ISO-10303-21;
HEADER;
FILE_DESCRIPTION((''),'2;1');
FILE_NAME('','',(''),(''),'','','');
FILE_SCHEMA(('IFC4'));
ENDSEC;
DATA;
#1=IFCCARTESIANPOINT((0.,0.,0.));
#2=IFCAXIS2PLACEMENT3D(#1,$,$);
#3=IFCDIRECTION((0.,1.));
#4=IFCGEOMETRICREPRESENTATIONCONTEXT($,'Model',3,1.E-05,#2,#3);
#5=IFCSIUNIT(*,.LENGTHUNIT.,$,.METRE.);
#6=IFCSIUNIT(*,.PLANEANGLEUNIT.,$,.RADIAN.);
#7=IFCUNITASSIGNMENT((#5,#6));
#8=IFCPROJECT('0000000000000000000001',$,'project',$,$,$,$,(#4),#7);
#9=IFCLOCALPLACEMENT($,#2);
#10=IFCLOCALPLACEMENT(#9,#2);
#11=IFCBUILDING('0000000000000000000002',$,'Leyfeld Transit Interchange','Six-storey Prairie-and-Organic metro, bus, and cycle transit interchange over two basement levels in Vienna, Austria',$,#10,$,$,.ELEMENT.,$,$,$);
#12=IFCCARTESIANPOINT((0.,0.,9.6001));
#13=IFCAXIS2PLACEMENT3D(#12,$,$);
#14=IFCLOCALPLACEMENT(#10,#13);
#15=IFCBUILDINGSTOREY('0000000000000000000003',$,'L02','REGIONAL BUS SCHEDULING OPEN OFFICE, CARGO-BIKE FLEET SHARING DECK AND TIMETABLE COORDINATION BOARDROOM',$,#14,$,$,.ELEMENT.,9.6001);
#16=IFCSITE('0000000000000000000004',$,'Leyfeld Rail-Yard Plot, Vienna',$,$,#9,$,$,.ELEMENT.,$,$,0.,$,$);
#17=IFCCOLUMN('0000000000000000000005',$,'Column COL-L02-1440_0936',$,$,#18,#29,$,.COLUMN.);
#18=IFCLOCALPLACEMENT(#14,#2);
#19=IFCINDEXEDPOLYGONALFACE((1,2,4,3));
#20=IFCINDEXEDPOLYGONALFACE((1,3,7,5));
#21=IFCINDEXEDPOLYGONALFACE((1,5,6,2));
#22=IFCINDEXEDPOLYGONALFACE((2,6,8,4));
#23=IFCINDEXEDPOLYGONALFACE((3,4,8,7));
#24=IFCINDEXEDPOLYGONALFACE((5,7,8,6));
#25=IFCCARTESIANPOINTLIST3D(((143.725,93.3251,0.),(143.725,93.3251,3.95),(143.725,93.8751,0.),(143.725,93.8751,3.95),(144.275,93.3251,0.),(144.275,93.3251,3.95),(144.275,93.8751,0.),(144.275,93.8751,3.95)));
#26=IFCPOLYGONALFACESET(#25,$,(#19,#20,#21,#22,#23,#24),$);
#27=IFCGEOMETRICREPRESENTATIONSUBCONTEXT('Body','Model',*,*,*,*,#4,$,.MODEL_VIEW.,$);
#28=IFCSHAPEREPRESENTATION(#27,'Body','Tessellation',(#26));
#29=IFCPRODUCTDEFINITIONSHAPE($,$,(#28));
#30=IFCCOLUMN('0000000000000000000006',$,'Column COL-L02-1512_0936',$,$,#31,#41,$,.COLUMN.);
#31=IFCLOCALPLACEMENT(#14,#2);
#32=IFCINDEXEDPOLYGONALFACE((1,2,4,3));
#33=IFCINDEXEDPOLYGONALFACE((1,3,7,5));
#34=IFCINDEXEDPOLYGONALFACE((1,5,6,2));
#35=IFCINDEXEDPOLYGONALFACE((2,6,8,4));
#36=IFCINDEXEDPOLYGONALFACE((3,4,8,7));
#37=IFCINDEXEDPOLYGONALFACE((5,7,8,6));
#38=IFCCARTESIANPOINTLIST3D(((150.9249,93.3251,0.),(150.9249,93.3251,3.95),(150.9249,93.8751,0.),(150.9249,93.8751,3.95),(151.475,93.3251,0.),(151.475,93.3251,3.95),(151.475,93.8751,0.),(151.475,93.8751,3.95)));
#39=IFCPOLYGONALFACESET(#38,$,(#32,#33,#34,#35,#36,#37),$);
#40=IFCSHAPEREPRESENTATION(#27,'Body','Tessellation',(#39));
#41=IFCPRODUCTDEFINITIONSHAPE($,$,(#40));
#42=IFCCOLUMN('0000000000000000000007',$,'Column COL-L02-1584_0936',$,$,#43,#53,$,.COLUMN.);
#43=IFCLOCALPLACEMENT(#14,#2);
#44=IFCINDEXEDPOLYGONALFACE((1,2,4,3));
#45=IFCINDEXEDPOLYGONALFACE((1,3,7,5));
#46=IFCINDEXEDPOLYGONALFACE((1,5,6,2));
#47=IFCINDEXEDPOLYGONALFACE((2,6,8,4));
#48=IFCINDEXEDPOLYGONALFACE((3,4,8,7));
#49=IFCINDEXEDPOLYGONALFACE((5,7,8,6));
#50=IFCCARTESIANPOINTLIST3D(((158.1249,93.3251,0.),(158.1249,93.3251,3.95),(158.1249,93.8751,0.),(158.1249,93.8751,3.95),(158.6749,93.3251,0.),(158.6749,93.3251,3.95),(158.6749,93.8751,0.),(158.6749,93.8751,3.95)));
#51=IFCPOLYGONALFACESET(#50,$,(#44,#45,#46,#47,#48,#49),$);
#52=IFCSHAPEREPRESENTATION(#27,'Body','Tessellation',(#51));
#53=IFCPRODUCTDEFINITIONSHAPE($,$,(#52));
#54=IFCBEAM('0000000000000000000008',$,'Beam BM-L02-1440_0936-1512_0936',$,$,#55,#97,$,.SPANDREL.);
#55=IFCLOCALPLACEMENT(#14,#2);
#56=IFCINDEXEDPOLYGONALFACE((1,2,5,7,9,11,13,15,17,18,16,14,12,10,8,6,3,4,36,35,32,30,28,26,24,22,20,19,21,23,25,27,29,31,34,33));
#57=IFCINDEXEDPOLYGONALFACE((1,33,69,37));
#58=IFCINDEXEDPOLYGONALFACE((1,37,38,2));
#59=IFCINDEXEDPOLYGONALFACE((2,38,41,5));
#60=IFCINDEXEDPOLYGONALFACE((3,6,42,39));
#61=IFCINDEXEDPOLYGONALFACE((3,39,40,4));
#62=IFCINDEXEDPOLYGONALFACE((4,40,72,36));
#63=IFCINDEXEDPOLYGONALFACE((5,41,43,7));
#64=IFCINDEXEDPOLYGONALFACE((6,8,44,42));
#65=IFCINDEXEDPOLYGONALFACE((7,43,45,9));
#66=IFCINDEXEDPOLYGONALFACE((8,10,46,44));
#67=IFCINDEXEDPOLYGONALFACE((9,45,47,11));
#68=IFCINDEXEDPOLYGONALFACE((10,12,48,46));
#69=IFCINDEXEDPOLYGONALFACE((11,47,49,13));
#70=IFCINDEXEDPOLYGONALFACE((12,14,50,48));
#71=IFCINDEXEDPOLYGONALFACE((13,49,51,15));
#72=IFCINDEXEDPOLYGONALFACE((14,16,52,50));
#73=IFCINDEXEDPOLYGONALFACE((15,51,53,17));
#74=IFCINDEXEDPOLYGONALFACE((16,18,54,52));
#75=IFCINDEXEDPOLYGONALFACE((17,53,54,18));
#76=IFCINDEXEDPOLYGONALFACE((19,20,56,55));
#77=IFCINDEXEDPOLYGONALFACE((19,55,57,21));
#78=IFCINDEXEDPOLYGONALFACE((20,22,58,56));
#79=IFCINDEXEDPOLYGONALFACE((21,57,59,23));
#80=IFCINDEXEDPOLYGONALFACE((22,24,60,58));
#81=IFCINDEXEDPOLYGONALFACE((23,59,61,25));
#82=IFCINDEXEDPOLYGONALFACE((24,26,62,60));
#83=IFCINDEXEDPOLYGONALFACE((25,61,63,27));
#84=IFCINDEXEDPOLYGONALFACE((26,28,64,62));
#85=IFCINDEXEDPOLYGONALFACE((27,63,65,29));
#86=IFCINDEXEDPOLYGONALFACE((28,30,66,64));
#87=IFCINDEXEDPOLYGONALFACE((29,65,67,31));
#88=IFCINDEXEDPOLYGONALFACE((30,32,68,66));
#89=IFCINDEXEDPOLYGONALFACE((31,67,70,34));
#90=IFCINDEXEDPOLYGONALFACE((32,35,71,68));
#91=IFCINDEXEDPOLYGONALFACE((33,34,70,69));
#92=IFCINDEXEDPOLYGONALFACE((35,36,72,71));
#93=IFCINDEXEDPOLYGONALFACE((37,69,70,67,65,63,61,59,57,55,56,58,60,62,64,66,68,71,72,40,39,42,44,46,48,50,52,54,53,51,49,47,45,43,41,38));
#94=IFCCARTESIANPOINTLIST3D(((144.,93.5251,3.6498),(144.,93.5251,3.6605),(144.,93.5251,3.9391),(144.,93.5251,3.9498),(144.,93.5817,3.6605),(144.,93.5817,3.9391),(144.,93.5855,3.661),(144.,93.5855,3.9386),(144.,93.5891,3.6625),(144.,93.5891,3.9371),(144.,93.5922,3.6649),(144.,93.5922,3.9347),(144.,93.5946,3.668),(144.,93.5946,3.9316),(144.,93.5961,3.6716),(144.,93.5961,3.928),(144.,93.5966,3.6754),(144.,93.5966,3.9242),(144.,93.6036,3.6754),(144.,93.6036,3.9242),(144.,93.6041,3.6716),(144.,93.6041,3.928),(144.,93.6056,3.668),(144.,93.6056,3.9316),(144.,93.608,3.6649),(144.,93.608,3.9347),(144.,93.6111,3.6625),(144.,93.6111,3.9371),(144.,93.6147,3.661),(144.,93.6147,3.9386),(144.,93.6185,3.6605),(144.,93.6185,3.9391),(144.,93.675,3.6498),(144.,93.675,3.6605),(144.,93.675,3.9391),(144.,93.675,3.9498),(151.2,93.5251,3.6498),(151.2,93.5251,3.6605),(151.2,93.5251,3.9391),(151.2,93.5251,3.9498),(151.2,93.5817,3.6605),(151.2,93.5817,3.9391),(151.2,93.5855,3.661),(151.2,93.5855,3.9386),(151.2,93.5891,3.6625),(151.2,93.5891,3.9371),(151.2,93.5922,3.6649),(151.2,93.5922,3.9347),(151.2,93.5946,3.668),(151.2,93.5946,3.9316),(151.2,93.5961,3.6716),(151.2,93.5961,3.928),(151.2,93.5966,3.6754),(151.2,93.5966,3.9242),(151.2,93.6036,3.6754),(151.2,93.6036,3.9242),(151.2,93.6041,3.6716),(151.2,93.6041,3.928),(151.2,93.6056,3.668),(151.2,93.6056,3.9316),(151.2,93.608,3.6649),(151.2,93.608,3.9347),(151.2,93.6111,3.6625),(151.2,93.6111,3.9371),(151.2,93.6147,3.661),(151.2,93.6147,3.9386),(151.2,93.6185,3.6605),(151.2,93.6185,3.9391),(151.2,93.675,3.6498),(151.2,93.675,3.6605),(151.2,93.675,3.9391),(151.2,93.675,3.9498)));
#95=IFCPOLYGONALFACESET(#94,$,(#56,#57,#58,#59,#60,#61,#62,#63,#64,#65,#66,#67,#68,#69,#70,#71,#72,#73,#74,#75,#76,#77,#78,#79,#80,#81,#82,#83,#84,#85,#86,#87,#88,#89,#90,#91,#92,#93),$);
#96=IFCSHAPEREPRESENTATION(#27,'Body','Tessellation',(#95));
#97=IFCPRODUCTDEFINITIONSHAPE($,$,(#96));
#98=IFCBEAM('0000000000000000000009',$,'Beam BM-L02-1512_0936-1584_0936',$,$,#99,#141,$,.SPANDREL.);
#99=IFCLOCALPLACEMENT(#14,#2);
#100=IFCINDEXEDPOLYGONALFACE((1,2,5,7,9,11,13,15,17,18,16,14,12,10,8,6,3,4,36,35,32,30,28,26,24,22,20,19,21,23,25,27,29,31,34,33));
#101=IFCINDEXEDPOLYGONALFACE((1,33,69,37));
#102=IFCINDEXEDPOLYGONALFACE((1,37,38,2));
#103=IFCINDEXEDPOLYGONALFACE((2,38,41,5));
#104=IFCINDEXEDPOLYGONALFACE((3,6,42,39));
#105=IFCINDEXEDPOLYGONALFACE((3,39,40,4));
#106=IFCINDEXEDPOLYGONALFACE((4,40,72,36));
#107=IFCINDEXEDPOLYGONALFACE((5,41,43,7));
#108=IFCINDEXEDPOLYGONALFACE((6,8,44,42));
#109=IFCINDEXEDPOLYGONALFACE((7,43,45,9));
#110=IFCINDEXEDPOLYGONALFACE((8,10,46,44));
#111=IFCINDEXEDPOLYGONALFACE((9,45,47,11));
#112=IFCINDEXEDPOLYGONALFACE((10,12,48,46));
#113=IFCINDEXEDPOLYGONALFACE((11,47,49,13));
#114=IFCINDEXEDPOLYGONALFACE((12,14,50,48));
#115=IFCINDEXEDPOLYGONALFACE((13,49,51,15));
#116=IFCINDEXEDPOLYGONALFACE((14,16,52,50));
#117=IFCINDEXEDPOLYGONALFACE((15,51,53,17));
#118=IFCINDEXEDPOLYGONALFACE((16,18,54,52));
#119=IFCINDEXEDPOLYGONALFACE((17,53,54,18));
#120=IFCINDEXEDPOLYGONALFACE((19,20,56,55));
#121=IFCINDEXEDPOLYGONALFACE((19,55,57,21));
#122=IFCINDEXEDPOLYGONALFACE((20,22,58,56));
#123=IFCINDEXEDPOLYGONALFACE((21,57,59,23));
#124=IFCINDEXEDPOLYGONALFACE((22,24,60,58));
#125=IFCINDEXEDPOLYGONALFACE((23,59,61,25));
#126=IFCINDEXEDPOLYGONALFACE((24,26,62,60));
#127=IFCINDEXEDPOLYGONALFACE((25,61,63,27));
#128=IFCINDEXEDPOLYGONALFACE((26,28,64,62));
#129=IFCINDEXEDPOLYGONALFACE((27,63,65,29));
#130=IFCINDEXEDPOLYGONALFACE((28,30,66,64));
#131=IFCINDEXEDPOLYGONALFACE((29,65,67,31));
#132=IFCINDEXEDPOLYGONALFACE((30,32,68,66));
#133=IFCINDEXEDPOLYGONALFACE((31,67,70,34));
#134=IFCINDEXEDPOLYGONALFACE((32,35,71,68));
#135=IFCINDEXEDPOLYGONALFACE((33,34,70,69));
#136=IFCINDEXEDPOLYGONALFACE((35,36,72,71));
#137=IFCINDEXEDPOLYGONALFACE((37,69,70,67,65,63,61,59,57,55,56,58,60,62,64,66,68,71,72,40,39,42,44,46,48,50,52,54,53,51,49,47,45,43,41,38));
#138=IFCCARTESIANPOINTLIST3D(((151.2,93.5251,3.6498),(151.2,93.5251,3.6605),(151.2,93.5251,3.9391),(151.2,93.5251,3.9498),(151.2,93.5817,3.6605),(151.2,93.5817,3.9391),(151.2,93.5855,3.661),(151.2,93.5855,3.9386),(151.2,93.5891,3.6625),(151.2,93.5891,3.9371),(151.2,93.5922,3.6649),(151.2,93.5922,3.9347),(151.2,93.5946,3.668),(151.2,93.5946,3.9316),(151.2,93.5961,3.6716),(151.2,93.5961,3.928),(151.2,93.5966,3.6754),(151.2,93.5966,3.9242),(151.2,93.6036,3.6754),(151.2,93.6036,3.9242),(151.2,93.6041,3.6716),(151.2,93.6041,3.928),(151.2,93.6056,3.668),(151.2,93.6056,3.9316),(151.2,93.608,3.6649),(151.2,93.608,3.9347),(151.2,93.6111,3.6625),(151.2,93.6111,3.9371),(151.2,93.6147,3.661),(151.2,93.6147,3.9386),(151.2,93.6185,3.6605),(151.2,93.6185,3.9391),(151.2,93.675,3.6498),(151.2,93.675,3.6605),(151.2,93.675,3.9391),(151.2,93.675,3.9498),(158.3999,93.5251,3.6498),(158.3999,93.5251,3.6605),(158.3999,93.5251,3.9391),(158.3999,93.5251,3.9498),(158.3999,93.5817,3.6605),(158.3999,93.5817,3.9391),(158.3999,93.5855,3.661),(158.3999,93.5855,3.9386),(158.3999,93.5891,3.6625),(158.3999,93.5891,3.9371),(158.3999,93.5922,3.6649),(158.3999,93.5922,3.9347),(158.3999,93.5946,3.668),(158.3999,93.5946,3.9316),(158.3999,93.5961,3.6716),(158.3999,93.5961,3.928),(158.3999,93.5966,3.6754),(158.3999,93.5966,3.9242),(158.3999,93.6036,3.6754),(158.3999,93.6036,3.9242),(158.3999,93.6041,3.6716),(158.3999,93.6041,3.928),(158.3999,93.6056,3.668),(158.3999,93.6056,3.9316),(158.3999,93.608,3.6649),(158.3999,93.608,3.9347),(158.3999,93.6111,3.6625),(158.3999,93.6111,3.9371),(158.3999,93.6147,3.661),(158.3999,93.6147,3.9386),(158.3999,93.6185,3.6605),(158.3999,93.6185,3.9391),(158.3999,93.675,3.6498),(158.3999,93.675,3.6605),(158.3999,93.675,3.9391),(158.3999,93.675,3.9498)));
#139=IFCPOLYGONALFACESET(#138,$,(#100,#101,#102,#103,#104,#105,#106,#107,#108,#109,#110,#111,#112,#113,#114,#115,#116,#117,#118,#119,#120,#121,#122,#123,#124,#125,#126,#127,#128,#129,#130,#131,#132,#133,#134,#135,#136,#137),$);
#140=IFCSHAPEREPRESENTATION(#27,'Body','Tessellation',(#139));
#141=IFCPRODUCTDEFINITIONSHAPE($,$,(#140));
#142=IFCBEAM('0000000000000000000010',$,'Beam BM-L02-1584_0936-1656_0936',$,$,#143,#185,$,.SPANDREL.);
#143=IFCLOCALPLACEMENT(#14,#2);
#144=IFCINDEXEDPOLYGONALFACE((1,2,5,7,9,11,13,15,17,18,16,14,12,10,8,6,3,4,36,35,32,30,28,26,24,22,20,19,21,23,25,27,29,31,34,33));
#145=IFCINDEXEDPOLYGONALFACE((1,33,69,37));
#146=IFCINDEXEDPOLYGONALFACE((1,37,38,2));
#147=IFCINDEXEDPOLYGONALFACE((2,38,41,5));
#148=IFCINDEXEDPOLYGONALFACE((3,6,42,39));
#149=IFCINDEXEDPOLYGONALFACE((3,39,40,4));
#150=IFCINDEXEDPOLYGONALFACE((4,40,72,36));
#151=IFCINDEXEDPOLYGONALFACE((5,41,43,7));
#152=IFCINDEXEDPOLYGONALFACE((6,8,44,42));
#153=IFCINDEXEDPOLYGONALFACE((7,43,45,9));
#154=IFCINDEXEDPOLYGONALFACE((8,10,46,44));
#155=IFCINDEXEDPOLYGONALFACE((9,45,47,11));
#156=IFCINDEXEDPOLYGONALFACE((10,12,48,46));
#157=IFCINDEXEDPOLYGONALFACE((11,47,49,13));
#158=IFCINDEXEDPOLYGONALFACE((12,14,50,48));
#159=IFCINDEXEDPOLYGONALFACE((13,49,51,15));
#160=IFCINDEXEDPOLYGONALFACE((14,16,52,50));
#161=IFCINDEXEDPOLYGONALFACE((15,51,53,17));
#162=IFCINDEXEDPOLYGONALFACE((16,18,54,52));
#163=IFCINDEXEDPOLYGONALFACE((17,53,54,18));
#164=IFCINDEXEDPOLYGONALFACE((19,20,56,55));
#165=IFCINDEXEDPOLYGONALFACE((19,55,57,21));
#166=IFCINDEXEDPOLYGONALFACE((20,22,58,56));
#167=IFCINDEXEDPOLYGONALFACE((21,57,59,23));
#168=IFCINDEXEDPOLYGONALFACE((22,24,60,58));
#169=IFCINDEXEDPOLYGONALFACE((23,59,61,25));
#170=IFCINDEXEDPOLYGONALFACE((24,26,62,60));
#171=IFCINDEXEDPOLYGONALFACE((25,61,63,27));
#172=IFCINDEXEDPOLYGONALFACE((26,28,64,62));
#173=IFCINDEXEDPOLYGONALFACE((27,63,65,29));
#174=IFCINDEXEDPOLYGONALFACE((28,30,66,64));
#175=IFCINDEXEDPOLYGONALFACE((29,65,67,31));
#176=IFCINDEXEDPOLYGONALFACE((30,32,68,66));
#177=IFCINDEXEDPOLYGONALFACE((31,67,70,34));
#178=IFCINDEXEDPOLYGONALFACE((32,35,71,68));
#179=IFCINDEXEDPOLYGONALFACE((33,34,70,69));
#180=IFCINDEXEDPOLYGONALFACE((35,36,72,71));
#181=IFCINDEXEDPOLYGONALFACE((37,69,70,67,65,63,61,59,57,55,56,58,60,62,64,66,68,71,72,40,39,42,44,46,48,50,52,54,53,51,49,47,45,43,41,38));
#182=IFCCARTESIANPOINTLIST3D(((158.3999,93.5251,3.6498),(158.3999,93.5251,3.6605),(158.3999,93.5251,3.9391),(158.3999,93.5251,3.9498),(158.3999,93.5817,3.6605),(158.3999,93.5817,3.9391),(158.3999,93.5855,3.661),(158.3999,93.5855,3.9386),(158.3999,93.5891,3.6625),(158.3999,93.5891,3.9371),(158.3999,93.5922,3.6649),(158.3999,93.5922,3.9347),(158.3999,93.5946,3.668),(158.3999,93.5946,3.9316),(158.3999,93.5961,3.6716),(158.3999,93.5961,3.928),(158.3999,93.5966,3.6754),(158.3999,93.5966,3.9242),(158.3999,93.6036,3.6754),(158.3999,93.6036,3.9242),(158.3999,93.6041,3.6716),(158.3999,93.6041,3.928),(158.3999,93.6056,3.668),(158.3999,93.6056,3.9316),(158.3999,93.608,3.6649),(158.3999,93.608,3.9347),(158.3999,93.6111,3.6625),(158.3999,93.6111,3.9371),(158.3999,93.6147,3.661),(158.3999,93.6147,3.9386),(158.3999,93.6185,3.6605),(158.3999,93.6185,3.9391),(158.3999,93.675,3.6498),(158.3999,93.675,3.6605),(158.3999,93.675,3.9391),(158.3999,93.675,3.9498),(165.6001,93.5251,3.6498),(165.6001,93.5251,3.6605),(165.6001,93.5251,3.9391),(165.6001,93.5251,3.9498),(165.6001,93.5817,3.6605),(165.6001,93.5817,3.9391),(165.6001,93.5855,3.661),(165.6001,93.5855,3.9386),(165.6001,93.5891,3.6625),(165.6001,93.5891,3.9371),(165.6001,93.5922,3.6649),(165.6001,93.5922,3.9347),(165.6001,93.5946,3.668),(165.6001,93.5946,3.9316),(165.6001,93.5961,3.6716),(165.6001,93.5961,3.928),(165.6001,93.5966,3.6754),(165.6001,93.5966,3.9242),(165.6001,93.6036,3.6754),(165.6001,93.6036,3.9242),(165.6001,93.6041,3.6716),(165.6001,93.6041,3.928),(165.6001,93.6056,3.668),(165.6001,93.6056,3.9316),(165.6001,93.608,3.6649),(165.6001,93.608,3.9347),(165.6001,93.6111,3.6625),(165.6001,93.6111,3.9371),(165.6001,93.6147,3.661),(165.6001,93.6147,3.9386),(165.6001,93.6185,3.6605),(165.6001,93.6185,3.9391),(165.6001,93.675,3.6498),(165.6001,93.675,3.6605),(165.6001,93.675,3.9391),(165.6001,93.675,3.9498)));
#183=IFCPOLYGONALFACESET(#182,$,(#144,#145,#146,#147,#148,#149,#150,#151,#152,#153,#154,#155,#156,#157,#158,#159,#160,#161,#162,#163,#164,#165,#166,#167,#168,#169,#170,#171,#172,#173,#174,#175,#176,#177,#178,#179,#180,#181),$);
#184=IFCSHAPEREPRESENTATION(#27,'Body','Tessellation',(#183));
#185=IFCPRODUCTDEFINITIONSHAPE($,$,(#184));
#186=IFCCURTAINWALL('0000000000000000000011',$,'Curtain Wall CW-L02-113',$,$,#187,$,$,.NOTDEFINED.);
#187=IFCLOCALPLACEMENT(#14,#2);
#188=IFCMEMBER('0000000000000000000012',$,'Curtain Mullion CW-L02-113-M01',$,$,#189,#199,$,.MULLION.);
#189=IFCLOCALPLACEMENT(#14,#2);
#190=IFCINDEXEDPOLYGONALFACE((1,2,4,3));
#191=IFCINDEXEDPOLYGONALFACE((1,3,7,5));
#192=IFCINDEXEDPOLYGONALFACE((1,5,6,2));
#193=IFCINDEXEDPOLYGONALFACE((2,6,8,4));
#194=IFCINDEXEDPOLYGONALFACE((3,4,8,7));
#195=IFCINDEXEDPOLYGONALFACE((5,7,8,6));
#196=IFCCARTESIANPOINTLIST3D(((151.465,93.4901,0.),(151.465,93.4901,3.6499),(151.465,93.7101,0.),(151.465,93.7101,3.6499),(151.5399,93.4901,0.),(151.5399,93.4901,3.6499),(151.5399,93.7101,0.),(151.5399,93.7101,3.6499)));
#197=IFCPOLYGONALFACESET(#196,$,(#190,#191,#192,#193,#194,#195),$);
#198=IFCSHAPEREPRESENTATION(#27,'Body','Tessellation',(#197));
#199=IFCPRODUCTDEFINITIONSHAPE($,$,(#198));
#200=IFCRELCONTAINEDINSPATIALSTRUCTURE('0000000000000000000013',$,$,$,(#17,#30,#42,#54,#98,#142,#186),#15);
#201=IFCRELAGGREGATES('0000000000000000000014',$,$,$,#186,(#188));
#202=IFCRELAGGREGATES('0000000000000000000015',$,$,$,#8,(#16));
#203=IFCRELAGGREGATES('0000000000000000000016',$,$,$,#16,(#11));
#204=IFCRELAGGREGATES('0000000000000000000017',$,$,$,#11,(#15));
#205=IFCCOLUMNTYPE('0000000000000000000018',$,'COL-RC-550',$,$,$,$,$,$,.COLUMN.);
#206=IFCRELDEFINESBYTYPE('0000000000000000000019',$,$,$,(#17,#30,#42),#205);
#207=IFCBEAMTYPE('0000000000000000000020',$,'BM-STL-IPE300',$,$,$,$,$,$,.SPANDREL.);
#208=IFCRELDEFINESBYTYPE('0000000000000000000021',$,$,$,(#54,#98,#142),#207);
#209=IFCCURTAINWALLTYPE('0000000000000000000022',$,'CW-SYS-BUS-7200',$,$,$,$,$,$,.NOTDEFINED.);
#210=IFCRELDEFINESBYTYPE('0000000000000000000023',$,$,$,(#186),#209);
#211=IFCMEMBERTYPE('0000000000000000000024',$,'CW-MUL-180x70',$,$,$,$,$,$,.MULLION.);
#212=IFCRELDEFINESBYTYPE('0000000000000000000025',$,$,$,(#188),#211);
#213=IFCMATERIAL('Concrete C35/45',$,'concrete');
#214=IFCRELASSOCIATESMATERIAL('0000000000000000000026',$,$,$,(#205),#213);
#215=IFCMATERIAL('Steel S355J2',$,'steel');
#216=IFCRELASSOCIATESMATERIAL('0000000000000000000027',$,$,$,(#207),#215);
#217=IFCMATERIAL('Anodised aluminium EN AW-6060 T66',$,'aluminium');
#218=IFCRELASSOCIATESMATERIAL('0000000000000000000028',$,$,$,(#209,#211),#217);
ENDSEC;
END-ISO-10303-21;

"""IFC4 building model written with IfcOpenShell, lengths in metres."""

from ifc_helpers import new_model, si_unit, direction, frame, origin, origin_2d, place, context, subcontext, project, spatial, rectangle, i_section, extrude, material, material_profile, profile_set, type_object, element, aggregate, save


model = new_model("IFC4")

# Units and contexts
model_context = context("Model", 3, precision=1e-05, world=origin(), true_north=direction((0.0, 1.0)))
body_context = subcontext(model_context, "Body", "Model", "MODEL_VIEW")
ifc_project = project(units=[si_unit("LENGTHUNIT", "METRE"), si_unit("PLANEANGLEUNIT", "RADIAN")], contexts=[model_context])

# Site, building, storey
site_placement = place(None, origin())
site = spatial("IfcSite", under=ifc_project, at=site_placement, Name="Leyfeld Rail-Yard Plot, Vienna", CompositionType="ELEMENT", RefElevation=0.0)
building_placement = place(site_placement, origin())
building = spatial("IfcBuilding", under=site, at=building_placement, Name="Leyfeld Transit Interchange", Description="Six-storey Prairie-and-Organic metro, bus, and cycle transit interchange over two basement levels in Vienna, Austria", CompositionType="ELEMENT")
storey_placement = place(building_placement, frame((0.0, 0.0, 9.6001)))
storey = spatial("IfcBuildingStorey", under=building, at=storey_placement, Name="L02", Description="REGIONAL BUS SCHEDULING OPEN OFFICE, CARGO-BIKE FLEET SHARING DECK AND TIMETABLE COORDINATION BOARDROOM", CompositionType="ELEMENT", Elevation=9.6001)

# Columns
ifc_material_1 = material(Name="Concrete C35/45", Category="concrete")
ifc_material_profile_1 = material_profile(ifc_material_1, rectangle(XDim=0.55, YDim=0.55, at=origin_2d()), Name="RC 550x550")
ifc_profile_set_1 = profile_set([ifc_material_profile_1], Name="Concrete C35/45")
column_type = type_object("IfcColumnType", Name="COL-RC-550", PredefinedType="COLUMN", material=ifc_profile_set_1)
for number, where, z_axis, x_axis, name in (
    (1, (144.0, 93.6001, 0.0), (0.0, 0.0, 1.0), (1.0, 0.0, 0.0), "Column COL-L02-1440_0936"),
    (2, (151.2, 93.6001, 0.0), (0.0, 0.0, 1.0), (1.0, 0.0, 0.0), "Column COL-L02-1512_0936"),
    (3, (158.3999, 93.6001, 0.0), (0.0, 0.0, 1.0), (1.0, 0.0, 0.0), "Column COL-L02-1584_0936"),
):
    element("IfcColumn", number, at=place(storey_placement, frame(where, z_axis=z_axis, x_axis=x_axis)), inside=storey, type_object=column_type, Name=name, PredefinedType="COLUMN", context=body_context, shape_type="SweptSolid", body=[
        extrude(rectangle(XDim=0.55, YDim=0.55, at=origin_2d()), origin(), (0.0, 0.0, 1.0), 3.95),
    ])

# Beams
ifc_material_2 = material(Name="Steel S355J2", Category="steel")
ifc_material_profile_2 = material_profile(ifc_material_2, i_section(OverallWidth=0.1499, OverallDepth=0.3, WebThickness=0.0071, FlangeThickness=0.0107, FilletRadius=0.0149, at=origin_2d()), Name="IPE 300")
ifc_profile_set_2 = profile_set([ifc_material_profile_2], Name="Steel S355J2")
beam_type = type_object("IfcBeamType", Name="BM-STL-IPE300", PredefinedType="SPANDREL", material=ifc_profile_set_2)
for number, where, z_axis, x_axis, name in (
    (4, (144.0, 93.6001, 3.7998), (1.0, 0.0, 0.0), (0.0, 1.0, 0.0), "Beam BM-L02-1440_0936-1512_0936"),
    (5, (151.2, 93.6001, 3.7998), (1.0, 0.0, 0.0), (0.0, 1.0, 0.0), "Beam BM-L02-1512_0936-1584_0936"),
):
    element("IfcBeam", number, at=place(storey_placement, frame(where, z_axis=z_axis, x_axis=x_axis)), inside=storey, type_object=beam_type, Name=name, PredefinedType="SPANDREL", context=body_context, shape_type="SweptSolid", body=[
        extrude(i_section(OverallWidth=0.1499, OverallDepth=0.3, WebThickness=0.0071, FlangeThickness=0.0107, FilletRadius=0.0149, at=origin_2d()), origin(), (0.0, 0.0, 1.0), 7.2),
    ])
beam_placement = place(storey_placement, frame((158.3999, 93.6001, 3.7998), z_axis=(1.0, 0.0, 0.0), x_axis=(0.0, 1.0, 0.0)))
element("IfcBeam", 6, at=beam_placement, inside=storey, type_object=beam_type, Name="Beam BM-L02-1584_0936-1656_0936", PredefinedType="SPANDREL", context=body_context, shape_type="SweptSolid", body=[
    extrude(i_section(OverallWidth=0.1499, OverallDepth=0.3, WebThickness=0.0071, FlangeThickness=0.0107, FilletRadius=0.0149, at=origin_2d()), origin(), (0.0, 0.0, 1.0), 7.2002),
])

# Curtain wall, member
ifc_material_3 = material(Name="Anodised aluminium EN AW-6060 T66", Category="aluminium")
curtain_wall_type = type_object("IfcCurtainWallType", Name="CW-SYS-BUS-7200", PredefinedType="NOTDEFINED", material=ifc_material_3)
curtain_wall_placement = place(storey_placement, origin())
curtain_wall = element("IfcCurtainWall", 7, at=curtain_wall_placement, inside=storey, type_object=curtain_wall_type, Name="Curtain Wall CW-L02-113", PredefinedType="NOTDEFINED")
ifc_material_profile_3 = material_profile(ifc_material_3, rectangle(XDim=0.075, YDim=0.22, at=origin_2d()), Name="CW-M 75x220")
ifc_profile_set_3 = profile_set([ifc_material_profile_3], Name="Anodised aluminium EN AW-6060 T66")
member_type_1 = type_object("IfcMemberType", Name="CW-MUL-180x70", PredefinedType="MULLION", material=ifc_profile_set_3)
member_1_placement = place(storey_placement, frame((151.5024, 93.6001, 0.0), z_axis=(0.0, 0.0, 1.0), x_axis=(1.0, 0.0, 0.0)))
member_1 = element("IfcMember", 8, at=member_1_placement, type_object=member_type_1, Name="Curtain Mullion CW-L02-113-M01", PredefinedType="MULLION", context=body_context, shape_type="SweptSolid", body=[
    extrude(rectangle(XDim=0.075, YDim=0.22, at=origin_2d()), origin(), (0.0, 0.0, 1.0), 3.6499),
])
aggregate(curtain_wall, [member_1])

save(model, "model.ifc")
